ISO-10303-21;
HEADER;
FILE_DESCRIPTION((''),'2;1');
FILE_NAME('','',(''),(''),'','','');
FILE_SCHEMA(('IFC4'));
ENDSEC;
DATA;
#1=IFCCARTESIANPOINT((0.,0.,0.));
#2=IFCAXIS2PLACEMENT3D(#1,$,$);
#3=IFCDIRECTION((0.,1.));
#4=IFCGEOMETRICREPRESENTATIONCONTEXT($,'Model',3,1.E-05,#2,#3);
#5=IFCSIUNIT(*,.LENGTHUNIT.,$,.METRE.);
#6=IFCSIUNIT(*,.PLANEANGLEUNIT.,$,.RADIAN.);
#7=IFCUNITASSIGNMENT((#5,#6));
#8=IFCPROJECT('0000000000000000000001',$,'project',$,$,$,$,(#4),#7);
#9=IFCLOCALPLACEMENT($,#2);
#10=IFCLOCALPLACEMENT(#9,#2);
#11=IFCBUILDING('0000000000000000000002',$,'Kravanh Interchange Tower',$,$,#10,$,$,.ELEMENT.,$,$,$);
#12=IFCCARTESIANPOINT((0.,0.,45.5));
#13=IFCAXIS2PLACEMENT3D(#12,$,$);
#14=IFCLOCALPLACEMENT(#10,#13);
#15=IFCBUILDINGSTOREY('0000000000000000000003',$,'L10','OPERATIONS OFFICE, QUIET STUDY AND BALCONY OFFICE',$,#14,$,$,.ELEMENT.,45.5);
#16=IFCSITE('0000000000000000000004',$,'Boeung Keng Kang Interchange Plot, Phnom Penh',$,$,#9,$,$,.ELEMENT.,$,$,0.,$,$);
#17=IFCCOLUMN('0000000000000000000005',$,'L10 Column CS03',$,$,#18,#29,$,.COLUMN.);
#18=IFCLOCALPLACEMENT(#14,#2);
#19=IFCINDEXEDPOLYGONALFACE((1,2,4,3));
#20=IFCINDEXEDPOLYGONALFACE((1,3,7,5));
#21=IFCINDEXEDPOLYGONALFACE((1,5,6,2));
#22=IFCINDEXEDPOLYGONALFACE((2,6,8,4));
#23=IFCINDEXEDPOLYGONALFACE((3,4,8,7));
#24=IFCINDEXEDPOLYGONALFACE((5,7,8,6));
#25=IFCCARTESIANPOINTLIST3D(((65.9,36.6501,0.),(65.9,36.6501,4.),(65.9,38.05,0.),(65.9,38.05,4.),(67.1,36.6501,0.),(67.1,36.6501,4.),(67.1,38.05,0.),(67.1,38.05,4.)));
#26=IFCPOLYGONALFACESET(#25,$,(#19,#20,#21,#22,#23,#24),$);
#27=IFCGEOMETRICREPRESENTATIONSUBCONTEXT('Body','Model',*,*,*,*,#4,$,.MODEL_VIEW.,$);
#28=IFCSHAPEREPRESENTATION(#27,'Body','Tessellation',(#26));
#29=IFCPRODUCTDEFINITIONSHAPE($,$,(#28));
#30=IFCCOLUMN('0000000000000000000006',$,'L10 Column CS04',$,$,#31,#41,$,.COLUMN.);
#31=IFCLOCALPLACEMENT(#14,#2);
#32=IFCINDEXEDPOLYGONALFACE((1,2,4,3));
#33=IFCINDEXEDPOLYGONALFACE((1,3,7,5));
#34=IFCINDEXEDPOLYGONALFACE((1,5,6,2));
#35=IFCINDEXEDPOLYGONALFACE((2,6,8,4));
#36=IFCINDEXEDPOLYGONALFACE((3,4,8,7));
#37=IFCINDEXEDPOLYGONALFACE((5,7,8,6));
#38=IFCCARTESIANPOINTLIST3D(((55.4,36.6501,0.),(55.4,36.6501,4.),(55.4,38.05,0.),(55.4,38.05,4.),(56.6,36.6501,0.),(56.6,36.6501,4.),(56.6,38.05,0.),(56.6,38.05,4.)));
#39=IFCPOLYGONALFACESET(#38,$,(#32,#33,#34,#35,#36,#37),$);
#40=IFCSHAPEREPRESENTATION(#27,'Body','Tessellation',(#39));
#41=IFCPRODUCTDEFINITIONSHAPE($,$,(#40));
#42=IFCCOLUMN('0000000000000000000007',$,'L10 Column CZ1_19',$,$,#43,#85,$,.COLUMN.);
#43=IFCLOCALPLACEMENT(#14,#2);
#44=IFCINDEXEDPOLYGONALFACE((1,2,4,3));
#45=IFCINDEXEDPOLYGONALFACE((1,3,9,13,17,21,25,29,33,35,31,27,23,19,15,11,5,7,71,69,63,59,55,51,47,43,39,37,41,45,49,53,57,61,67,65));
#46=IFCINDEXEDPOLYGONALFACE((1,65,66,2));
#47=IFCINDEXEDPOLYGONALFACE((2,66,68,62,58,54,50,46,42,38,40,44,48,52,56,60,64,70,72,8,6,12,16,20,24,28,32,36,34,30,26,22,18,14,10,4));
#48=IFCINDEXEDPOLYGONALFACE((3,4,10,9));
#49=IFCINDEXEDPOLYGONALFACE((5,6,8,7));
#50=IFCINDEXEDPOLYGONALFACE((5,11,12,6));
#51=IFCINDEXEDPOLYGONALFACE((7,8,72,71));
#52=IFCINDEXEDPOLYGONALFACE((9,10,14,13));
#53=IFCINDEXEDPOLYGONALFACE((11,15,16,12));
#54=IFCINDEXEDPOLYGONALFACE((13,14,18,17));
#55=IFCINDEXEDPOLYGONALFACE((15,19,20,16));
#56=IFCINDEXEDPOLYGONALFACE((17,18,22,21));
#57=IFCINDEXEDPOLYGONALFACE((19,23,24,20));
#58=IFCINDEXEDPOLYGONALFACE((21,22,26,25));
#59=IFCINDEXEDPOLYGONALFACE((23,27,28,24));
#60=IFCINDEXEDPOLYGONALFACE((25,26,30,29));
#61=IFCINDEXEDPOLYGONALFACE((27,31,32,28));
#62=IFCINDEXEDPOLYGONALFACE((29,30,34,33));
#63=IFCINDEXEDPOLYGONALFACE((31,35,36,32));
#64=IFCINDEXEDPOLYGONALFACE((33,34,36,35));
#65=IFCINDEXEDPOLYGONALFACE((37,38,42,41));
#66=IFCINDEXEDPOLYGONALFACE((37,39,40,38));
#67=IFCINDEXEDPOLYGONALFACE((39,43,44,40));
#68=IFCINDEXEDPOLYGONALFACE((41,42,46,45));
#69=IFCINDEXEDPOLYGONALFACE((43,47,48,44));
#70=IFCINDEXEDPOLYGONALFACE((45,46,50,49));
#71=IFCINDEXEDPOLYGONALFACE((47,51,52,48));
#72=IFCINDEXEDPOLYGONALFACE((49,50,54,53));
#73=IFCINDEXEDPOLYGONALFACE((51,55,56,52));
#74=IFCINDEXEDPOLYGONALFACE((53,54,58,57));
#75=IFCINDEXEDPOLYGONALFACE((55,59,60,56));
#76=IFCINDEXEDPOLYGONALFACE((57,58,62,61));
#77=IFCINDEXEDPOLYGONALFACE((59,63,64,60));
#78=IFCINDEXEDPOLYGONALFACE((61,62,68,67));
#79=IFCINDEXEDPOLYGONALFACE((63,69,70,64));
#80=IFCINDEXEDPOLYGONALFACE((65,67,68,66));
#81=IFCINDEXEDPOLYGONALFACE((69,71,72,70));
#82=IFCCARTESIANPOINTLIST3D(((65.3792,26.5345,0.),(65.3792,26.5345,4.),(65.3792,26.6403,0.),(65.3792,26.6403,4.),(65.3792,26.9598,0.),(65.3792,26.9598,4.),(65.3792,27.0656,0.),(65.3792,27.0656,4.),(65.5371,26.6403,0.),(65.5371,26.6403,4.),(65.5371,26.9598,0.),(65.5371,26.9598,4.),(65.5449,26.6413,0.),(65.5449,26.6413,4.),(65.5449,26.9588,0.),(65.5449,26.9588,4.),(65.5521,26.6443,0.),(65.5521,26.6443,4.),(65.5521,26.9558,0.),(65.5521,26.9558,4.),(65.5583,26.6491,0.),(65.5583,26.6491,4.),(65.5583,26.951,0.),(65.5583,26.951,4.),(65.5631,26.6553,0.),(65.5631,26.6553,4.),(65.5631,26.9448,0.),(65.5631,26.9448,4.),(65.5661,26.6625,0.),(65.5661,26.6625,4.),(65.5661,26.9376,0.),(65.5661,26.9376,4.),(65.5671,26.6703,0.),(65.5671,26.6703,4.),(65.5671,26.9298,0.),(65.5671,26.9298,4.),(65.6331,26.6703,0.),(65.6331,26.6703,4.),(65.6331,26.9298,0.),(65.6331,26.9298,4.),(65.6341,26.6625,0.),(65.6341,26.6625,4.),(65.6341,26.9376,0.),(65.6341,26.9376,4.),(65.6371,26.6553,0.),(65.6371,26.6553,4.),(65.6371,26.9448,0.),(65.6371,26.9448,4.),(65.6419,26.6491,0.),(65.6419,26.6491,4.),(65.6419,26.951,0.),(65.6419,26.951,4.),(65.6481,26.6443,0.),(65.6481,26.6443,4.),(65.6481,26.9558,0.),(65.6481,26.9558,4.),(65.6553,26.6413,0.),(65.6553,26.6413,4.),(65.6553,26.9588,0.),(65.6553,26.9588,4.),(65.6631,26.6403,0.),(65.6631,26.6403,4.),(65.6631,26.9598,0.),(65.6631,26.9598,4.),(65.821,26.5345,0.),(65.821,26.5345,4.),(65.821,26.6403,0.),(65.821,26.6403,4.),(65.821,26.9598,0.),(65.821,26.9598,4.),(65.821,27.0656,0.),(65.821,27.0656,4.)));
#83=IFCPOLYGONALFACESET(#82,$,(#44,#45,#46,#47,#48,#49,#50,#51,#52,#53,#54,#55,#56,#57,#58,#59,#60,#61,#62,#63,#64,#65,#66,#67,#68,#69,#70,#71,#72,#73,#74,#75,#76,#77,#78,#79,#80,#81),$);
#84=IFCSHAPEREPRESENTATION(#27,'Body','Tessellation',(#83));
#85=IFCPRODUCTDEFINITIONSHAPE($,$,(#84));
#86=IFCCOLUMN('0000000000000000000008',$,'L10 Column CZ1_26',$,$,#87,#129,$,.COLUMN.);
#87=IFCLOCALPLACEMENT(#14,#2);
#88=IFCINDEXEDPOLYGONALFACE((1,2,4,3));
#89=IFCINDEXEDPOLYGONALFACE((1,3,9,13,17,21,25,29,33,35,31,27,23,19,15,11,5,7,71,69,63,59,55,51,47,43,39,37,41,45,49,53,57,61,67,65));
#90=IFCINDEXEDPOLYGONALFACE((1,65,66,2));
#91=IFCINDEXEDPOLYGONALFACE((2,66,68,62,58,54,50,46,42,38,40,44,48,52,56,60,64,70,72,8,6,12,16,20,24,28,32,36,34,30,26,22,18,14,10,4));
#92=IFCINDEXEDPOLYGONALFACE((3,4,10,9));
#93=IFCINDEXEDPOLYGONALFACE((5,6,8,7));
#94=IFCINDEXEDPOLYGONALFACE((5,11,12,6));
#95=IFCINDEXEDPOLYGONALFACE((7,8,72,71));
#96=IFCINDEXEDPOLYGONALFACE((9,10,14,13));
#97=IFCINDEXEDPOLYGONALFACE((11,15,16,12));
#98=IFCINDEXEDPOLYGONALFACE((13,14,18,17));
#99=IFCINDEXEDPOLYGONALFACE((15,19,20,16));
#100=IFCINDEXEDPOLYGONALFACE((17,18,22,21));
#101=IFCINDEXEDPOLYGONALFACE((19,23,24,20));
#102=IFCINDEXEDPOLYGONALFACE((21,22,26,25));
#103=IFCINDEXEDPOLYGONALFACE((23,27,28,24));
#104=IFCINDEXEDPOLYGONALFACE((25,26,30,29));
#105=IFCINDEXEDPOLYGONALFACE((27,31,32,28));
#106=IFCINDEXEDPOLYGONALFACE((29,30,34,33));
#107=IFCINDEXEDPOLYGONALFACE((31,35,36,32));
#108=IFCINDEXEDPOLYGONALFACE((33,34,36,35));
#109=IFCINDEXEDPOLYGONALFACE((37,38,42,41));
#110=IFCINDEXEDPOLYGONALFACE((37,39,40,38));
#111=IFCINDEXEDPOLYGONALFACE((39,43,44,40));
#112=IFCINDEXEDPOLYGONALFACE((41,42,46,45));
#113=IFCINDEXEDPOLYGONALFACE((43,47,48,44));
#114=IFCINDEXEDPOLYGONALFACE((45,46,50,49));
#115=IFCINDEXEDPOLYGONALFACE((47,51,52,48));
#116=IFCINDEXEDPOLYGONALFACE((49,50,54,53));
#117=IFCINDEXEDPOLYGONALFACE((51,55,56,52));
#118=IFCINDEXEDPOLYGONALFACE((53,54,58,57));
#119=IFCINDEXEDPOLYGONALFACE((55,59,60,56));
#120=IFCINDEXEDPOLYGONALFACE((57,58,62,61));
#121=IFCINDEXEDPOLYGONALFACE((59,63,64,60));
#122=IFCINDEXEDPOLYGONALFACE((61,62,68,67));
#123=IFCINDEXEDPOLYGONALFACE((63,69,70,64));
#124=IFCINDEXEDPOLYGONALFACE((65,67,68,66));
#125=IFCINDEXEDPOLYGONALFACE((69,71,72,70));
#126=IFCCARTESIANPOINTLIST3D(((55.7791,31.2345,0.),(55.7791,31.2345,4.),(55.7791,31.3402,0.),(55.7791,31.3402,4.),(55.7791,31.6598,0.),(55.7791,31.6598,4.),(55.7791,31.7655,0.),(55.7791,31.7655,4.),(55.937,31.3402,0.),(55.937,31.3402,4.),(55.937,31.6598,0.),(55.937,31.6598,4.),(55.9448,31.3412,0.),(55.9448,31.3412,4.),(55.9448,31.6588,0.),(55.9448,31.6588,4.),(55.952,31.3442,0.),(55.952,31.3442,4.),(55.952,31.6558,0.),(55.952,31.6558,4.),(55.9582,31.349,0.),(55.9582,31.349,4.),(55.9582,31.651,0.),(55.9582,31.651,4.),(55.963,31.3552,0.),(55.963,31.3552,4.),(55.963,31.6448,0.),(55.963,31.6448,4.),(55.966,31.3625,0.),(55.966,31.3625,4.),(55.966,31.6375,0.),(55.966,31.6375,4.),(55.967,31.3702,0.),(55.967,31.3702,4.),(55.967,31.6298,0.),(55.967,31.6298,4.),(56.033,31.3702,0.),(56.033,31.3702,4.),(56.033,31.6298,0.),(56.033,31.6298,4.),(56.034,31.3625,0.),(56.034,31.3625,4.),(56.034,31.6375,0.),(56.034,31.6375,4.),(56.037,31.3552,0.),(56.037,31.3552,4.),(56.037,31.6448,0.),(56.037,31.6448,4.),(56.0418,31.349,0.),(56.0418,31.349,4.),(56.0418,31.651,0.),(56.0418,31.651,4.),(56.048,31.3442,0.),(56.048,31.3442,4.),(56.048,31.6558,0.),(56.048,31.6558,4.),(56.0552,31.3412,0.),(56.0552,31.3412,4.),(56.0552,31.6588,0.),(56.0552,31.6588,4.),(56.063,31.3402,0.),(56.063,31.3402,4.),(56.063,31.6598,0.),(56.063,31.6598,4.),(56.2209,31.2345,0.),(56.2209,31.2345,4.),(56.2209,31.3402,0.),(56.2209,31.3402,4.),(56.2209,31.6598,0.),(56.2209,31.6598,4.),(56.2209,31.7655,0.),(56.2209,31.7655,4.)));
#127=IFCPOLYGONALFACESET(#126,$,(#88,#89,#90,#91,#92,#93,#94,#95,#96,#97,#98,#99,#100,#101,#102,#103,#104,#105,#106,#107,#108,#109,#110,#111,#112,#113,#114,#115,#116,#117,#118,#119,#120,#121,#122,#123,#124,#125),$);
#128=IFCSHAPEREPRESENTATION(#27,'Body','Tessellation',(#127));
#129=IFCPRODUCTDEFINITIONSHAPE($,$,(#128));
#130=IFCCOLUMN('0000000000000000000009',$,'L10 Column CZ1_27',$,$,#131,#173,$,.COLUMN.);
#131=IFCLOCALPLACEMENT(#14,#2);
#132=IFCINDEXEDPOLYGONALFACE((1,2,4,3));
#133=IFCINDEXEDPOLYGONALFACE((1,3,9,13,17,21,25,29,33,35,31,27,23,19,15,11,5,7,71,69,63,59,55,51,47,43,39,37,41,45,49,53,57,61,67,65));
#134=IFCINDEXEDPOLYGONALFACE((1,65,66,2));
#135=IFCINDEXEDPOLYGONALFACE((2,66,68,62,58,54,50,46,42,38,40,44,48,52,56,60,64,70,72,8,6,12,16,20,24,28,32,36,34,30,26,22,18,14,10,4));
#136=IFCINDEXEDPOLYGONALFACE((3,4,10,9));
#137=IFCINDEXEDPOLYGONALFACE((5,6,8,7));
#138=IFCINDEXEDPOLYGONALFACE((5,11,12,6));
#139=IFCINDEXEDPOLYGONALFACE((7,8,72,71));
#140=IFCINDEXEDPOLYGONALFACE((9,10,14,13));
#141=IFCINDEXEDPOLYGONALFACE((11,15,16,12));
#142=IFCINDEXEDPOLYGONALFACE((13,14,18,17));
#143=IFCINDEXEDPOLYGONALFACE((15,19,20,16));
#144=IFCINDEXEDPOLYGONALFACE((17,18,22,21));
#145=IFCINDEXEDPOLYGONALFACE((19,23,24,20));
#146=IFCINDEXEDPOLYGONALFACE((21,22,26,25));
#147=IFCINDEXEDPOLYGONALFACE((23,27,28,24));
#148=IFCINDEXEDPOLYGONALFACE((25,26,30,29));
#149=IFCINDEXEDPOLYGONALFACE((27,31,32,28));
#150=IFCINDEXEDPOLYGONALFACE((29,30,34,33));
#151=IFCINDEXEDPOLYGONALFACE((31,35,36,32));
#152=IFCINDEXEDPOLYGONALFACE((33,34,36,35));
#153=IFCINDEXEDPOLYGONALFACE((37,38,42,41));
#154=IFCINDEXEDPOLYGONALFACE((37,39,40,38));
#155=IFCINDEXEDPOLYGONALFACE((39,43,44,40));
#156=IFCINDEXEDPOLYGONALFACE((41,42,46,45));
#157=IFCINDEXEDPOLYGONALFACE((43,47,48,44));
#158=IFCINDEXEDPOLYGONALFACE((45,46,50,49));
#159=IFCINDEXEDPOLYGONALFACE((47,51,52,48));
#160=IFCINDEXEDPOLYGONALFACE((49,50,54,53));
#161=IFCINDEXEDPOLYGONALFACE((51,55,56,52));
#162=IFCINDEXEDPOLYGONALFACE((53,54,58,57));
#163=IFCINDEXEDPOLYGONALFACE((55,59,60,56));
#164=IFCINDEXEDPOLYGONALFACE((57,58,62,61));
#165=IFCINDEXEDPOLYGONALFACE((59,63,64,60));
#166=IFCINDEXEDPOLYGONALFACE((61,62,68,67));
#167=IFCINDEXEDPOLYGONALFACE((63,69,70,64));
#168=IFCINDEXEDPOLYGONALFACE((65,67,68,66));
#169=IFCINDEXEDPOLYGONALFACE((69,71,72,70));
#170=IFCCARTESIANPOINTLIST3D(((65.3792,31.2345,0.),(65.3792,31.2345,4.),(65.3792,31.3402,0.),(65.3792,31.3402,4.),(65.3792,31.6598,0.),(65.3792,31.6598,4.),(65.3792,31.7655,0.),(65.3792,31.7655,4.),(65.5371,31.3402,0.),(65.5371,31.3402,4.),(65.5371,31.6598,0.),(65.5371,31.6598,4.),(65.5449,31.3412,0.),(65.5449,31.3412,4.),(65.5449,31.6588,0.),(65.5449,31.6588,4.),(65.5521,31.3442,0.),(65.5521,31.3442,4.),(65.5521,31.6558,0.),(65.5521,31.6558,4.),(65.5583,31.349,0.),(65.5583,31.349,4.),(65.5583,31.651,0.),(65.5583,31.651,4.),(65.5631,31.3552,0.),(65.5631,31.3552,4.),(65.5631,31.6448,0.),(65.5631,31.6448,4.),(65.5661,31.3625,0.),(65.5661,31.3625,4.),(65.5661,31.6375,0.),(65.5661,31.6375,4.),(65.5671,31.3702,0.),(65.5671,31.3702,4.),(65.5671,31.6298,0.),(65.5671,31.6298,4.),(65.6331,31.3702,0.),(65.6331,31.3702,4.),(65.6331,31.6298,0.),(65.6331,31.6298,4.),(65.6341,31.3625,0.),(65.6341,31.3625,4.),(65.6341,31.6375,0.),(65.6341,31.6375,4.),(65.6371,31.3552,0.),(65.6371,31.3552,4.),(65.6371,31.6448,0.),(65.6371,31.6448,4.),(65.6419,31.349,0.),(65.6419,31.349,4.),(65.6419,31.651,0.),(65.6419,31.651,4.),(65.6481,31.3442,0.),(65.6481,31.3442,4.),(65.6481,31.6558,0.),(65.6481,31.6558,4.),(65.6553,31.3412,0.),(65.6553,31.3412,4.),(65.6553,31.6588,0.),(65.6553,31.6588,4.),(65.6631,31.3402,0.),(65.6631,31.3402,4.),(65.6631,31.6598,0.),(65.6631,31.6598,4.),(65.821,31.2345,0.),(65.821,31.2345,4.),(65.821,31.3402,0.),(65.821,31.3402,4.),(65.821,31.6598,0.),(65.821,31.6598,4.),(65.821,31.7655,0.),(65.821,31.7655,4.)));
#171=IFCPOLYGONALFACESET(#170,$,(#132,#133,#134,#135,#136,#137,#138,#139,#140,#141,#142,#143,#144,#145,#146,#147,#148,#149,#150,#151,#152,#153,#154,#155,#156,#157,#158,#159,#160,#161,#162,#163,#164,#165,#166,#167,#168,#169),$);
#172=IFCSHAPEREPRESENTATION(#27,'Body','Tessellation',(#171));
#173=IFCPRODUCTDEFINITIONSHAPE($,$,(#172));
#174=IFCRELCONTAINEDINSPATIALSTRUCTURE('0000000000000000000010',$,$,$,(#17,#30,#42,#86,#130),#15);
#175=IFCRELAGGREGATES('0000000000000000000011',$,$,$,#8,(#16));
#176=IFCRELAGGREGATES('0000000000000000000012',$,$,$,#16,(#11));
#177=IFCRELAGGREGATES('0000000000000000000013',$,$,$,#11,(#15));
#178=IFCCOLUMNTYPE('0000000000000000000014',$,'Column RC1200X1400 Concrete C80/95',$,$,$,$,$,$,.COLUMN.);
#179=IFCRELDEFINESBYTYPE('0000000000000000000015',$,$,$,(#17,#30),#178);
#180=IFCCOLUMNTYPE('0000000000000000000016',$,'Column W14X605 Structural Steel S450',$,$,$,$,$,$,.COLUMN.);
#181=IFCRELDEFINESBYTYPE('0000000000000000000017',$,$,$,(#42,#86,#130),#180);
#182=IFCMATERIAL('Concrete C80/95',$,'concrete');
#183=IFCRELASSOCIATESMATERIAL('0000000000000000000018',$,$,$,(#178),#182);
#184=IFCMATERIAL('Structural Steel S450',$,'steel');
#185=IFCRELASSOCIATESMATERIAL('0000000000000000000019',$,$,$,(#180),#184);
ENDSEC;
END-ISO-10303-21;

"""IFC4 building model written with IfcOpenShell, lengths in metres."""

from ifc_helpers import new_model, si_unit, direction, frame, origin, origin_2d, place, context, subcontext, project, spatial, rectangle, i_section, extrude, material, material_profile, profile_set, type_object, element, save


model = new_model("IFC4")

# Units and contexts
model_context = context("Model", 3, precision=1e-05, world=origin(), true_north=direction((0.0, 1.0)))
body_context = subcontext(model_context, "Body", "Model", "MODEL_VIEW")
ifc_project = project(units=[si_unit("LENGTHUNIT", "METRE"), si_unit("PLANEANGLEUNIT", "RADIAN")], contexts=[model_context])

# Site, building, storey
site_placement = place(None, origin())
site = spatial("IfcSite", under=ifc_project, at=site_placement, Name="Boeung Keng Kang Interchange Plot, Phnom Penh", CompositionType="ELEMENT", RefElevation=0.0)
building_placement = place(site_placement, origin())
building = spatial("IfcBuilding", under=site, at=building_placement, Name="Kravanh Interchange Tower", CompositionType="ELEMENT")
storey_placement = place(building_placement, frame((0.0, 0.0, 45.5)))
storey = spatial("IfcBuildingStorey", under=building, at=storey_placement, Name="L10", Description="OPERATIONS OFFICE, QUIET STUDY AND BALCONY OFFICE", CompositionType="ELEMENT", Elevation=45.5)

# Columns
ifc_material_1 = material(Name="Concrete C80/95", Category="concrete")
ifc_material_profile_1 = material_profile(ifc_material_1, rectangle(XDim=1.2, YDim=1.3999, at=origin_2d()), Name="RC1200X1400")
ifc_profile_set_1 = profile_set([ifc_material_profile_1], Name="Concrete C80/95")
column_type_1 = type_object("IfcColumnType", Name="Column RC1200X1400 Concrete C80/95", PredefinedType="COLUMN", material=ifc_profile_set_1)
for number, where, z_axis, x_axis, name in (
    (1, (66.5, 37.3501, 0.0), (0.0, 0.0, 1.0), (1.0, 0.0, 0.0), "L10 Column CS03"),
    (2, (56.0, 37.3501, 0.0), (0.0, 0.0, 1.0), (1.0, 0.0, 0.0), "L10 Column CS04"),
):
    element("IfcColumn", number, at=place(storey_placement, frame(where, z_axis=z_axis, x_axis=x_axis)), inside=storey, type_object=column_type_1, Name=name, PredefinedType="COLUMN", context=body_context, shape_type="SweptSolid", body=[
        extrude(rectangle(XDim=1.2, YDim=1.3999, at=origin_2d()), origin(), (0.0, 0.0, 1.0), 4.0),
    ])
ifc_material_2 = material(Name="Structural Steel S450", Category="steel")
ifc_material_profile_2 = material_profile(ifc_material_2, i_section(OverallWidth=0.4419, OverallDepth=0.531, WebThickness=0.0659, FlangeThickness=0.1057, FilletRadius=0.03, at=origin_2d()), Name="W14X605")
ifc_profile_set_2 = profile_set([ifc_material_profile_2], Name="Structural Steel S450")
column_type_2 = type_object("IfcColumnType", Name="Column W14X605 Structural Steel S450", PredefinedType="COLUMN", material=ifc_profile_set_2)
for number, where, z_axis, x_axis, name in (
    (3, (65.6001, 26.8, 0.0), (0.0, 0.0, 1.0), (1.0, 0.0, 0.0), "L10 Column CZ1_19"),
    (4, (56.0, 31.5, 0.0), (0.0, 0.0, 1.0), (1.0, 0.0, 0.0), "L10 Column CZ1_26"),
    (5, (65.6001, 31.5, 0.0), (0.0, 0.0, 1.0), (1.0, 0.0, 0.0), "L10 Column CZ1_27"),
):
    element("IfcColumn", number, at=place(storey_placement, frame(where, z_axis=z_axis, x_axis=x_axis)), inside=storey, type_object=column_type_2, Name=name, PredefinedType="COLUMN", context=body_context, shape_type="SweptSolid", body=[
        extrude(i_section(OverallWidth=0.4419, OverallDepth=0.531, WebThickness=0.0659, FlangeThickness=0.1057, FilletRadius=0.03, at=origin_2d()), origin(), (0.0, 0.0, 1.0), 4.0),
    ])

save(model, "model.ifc")
